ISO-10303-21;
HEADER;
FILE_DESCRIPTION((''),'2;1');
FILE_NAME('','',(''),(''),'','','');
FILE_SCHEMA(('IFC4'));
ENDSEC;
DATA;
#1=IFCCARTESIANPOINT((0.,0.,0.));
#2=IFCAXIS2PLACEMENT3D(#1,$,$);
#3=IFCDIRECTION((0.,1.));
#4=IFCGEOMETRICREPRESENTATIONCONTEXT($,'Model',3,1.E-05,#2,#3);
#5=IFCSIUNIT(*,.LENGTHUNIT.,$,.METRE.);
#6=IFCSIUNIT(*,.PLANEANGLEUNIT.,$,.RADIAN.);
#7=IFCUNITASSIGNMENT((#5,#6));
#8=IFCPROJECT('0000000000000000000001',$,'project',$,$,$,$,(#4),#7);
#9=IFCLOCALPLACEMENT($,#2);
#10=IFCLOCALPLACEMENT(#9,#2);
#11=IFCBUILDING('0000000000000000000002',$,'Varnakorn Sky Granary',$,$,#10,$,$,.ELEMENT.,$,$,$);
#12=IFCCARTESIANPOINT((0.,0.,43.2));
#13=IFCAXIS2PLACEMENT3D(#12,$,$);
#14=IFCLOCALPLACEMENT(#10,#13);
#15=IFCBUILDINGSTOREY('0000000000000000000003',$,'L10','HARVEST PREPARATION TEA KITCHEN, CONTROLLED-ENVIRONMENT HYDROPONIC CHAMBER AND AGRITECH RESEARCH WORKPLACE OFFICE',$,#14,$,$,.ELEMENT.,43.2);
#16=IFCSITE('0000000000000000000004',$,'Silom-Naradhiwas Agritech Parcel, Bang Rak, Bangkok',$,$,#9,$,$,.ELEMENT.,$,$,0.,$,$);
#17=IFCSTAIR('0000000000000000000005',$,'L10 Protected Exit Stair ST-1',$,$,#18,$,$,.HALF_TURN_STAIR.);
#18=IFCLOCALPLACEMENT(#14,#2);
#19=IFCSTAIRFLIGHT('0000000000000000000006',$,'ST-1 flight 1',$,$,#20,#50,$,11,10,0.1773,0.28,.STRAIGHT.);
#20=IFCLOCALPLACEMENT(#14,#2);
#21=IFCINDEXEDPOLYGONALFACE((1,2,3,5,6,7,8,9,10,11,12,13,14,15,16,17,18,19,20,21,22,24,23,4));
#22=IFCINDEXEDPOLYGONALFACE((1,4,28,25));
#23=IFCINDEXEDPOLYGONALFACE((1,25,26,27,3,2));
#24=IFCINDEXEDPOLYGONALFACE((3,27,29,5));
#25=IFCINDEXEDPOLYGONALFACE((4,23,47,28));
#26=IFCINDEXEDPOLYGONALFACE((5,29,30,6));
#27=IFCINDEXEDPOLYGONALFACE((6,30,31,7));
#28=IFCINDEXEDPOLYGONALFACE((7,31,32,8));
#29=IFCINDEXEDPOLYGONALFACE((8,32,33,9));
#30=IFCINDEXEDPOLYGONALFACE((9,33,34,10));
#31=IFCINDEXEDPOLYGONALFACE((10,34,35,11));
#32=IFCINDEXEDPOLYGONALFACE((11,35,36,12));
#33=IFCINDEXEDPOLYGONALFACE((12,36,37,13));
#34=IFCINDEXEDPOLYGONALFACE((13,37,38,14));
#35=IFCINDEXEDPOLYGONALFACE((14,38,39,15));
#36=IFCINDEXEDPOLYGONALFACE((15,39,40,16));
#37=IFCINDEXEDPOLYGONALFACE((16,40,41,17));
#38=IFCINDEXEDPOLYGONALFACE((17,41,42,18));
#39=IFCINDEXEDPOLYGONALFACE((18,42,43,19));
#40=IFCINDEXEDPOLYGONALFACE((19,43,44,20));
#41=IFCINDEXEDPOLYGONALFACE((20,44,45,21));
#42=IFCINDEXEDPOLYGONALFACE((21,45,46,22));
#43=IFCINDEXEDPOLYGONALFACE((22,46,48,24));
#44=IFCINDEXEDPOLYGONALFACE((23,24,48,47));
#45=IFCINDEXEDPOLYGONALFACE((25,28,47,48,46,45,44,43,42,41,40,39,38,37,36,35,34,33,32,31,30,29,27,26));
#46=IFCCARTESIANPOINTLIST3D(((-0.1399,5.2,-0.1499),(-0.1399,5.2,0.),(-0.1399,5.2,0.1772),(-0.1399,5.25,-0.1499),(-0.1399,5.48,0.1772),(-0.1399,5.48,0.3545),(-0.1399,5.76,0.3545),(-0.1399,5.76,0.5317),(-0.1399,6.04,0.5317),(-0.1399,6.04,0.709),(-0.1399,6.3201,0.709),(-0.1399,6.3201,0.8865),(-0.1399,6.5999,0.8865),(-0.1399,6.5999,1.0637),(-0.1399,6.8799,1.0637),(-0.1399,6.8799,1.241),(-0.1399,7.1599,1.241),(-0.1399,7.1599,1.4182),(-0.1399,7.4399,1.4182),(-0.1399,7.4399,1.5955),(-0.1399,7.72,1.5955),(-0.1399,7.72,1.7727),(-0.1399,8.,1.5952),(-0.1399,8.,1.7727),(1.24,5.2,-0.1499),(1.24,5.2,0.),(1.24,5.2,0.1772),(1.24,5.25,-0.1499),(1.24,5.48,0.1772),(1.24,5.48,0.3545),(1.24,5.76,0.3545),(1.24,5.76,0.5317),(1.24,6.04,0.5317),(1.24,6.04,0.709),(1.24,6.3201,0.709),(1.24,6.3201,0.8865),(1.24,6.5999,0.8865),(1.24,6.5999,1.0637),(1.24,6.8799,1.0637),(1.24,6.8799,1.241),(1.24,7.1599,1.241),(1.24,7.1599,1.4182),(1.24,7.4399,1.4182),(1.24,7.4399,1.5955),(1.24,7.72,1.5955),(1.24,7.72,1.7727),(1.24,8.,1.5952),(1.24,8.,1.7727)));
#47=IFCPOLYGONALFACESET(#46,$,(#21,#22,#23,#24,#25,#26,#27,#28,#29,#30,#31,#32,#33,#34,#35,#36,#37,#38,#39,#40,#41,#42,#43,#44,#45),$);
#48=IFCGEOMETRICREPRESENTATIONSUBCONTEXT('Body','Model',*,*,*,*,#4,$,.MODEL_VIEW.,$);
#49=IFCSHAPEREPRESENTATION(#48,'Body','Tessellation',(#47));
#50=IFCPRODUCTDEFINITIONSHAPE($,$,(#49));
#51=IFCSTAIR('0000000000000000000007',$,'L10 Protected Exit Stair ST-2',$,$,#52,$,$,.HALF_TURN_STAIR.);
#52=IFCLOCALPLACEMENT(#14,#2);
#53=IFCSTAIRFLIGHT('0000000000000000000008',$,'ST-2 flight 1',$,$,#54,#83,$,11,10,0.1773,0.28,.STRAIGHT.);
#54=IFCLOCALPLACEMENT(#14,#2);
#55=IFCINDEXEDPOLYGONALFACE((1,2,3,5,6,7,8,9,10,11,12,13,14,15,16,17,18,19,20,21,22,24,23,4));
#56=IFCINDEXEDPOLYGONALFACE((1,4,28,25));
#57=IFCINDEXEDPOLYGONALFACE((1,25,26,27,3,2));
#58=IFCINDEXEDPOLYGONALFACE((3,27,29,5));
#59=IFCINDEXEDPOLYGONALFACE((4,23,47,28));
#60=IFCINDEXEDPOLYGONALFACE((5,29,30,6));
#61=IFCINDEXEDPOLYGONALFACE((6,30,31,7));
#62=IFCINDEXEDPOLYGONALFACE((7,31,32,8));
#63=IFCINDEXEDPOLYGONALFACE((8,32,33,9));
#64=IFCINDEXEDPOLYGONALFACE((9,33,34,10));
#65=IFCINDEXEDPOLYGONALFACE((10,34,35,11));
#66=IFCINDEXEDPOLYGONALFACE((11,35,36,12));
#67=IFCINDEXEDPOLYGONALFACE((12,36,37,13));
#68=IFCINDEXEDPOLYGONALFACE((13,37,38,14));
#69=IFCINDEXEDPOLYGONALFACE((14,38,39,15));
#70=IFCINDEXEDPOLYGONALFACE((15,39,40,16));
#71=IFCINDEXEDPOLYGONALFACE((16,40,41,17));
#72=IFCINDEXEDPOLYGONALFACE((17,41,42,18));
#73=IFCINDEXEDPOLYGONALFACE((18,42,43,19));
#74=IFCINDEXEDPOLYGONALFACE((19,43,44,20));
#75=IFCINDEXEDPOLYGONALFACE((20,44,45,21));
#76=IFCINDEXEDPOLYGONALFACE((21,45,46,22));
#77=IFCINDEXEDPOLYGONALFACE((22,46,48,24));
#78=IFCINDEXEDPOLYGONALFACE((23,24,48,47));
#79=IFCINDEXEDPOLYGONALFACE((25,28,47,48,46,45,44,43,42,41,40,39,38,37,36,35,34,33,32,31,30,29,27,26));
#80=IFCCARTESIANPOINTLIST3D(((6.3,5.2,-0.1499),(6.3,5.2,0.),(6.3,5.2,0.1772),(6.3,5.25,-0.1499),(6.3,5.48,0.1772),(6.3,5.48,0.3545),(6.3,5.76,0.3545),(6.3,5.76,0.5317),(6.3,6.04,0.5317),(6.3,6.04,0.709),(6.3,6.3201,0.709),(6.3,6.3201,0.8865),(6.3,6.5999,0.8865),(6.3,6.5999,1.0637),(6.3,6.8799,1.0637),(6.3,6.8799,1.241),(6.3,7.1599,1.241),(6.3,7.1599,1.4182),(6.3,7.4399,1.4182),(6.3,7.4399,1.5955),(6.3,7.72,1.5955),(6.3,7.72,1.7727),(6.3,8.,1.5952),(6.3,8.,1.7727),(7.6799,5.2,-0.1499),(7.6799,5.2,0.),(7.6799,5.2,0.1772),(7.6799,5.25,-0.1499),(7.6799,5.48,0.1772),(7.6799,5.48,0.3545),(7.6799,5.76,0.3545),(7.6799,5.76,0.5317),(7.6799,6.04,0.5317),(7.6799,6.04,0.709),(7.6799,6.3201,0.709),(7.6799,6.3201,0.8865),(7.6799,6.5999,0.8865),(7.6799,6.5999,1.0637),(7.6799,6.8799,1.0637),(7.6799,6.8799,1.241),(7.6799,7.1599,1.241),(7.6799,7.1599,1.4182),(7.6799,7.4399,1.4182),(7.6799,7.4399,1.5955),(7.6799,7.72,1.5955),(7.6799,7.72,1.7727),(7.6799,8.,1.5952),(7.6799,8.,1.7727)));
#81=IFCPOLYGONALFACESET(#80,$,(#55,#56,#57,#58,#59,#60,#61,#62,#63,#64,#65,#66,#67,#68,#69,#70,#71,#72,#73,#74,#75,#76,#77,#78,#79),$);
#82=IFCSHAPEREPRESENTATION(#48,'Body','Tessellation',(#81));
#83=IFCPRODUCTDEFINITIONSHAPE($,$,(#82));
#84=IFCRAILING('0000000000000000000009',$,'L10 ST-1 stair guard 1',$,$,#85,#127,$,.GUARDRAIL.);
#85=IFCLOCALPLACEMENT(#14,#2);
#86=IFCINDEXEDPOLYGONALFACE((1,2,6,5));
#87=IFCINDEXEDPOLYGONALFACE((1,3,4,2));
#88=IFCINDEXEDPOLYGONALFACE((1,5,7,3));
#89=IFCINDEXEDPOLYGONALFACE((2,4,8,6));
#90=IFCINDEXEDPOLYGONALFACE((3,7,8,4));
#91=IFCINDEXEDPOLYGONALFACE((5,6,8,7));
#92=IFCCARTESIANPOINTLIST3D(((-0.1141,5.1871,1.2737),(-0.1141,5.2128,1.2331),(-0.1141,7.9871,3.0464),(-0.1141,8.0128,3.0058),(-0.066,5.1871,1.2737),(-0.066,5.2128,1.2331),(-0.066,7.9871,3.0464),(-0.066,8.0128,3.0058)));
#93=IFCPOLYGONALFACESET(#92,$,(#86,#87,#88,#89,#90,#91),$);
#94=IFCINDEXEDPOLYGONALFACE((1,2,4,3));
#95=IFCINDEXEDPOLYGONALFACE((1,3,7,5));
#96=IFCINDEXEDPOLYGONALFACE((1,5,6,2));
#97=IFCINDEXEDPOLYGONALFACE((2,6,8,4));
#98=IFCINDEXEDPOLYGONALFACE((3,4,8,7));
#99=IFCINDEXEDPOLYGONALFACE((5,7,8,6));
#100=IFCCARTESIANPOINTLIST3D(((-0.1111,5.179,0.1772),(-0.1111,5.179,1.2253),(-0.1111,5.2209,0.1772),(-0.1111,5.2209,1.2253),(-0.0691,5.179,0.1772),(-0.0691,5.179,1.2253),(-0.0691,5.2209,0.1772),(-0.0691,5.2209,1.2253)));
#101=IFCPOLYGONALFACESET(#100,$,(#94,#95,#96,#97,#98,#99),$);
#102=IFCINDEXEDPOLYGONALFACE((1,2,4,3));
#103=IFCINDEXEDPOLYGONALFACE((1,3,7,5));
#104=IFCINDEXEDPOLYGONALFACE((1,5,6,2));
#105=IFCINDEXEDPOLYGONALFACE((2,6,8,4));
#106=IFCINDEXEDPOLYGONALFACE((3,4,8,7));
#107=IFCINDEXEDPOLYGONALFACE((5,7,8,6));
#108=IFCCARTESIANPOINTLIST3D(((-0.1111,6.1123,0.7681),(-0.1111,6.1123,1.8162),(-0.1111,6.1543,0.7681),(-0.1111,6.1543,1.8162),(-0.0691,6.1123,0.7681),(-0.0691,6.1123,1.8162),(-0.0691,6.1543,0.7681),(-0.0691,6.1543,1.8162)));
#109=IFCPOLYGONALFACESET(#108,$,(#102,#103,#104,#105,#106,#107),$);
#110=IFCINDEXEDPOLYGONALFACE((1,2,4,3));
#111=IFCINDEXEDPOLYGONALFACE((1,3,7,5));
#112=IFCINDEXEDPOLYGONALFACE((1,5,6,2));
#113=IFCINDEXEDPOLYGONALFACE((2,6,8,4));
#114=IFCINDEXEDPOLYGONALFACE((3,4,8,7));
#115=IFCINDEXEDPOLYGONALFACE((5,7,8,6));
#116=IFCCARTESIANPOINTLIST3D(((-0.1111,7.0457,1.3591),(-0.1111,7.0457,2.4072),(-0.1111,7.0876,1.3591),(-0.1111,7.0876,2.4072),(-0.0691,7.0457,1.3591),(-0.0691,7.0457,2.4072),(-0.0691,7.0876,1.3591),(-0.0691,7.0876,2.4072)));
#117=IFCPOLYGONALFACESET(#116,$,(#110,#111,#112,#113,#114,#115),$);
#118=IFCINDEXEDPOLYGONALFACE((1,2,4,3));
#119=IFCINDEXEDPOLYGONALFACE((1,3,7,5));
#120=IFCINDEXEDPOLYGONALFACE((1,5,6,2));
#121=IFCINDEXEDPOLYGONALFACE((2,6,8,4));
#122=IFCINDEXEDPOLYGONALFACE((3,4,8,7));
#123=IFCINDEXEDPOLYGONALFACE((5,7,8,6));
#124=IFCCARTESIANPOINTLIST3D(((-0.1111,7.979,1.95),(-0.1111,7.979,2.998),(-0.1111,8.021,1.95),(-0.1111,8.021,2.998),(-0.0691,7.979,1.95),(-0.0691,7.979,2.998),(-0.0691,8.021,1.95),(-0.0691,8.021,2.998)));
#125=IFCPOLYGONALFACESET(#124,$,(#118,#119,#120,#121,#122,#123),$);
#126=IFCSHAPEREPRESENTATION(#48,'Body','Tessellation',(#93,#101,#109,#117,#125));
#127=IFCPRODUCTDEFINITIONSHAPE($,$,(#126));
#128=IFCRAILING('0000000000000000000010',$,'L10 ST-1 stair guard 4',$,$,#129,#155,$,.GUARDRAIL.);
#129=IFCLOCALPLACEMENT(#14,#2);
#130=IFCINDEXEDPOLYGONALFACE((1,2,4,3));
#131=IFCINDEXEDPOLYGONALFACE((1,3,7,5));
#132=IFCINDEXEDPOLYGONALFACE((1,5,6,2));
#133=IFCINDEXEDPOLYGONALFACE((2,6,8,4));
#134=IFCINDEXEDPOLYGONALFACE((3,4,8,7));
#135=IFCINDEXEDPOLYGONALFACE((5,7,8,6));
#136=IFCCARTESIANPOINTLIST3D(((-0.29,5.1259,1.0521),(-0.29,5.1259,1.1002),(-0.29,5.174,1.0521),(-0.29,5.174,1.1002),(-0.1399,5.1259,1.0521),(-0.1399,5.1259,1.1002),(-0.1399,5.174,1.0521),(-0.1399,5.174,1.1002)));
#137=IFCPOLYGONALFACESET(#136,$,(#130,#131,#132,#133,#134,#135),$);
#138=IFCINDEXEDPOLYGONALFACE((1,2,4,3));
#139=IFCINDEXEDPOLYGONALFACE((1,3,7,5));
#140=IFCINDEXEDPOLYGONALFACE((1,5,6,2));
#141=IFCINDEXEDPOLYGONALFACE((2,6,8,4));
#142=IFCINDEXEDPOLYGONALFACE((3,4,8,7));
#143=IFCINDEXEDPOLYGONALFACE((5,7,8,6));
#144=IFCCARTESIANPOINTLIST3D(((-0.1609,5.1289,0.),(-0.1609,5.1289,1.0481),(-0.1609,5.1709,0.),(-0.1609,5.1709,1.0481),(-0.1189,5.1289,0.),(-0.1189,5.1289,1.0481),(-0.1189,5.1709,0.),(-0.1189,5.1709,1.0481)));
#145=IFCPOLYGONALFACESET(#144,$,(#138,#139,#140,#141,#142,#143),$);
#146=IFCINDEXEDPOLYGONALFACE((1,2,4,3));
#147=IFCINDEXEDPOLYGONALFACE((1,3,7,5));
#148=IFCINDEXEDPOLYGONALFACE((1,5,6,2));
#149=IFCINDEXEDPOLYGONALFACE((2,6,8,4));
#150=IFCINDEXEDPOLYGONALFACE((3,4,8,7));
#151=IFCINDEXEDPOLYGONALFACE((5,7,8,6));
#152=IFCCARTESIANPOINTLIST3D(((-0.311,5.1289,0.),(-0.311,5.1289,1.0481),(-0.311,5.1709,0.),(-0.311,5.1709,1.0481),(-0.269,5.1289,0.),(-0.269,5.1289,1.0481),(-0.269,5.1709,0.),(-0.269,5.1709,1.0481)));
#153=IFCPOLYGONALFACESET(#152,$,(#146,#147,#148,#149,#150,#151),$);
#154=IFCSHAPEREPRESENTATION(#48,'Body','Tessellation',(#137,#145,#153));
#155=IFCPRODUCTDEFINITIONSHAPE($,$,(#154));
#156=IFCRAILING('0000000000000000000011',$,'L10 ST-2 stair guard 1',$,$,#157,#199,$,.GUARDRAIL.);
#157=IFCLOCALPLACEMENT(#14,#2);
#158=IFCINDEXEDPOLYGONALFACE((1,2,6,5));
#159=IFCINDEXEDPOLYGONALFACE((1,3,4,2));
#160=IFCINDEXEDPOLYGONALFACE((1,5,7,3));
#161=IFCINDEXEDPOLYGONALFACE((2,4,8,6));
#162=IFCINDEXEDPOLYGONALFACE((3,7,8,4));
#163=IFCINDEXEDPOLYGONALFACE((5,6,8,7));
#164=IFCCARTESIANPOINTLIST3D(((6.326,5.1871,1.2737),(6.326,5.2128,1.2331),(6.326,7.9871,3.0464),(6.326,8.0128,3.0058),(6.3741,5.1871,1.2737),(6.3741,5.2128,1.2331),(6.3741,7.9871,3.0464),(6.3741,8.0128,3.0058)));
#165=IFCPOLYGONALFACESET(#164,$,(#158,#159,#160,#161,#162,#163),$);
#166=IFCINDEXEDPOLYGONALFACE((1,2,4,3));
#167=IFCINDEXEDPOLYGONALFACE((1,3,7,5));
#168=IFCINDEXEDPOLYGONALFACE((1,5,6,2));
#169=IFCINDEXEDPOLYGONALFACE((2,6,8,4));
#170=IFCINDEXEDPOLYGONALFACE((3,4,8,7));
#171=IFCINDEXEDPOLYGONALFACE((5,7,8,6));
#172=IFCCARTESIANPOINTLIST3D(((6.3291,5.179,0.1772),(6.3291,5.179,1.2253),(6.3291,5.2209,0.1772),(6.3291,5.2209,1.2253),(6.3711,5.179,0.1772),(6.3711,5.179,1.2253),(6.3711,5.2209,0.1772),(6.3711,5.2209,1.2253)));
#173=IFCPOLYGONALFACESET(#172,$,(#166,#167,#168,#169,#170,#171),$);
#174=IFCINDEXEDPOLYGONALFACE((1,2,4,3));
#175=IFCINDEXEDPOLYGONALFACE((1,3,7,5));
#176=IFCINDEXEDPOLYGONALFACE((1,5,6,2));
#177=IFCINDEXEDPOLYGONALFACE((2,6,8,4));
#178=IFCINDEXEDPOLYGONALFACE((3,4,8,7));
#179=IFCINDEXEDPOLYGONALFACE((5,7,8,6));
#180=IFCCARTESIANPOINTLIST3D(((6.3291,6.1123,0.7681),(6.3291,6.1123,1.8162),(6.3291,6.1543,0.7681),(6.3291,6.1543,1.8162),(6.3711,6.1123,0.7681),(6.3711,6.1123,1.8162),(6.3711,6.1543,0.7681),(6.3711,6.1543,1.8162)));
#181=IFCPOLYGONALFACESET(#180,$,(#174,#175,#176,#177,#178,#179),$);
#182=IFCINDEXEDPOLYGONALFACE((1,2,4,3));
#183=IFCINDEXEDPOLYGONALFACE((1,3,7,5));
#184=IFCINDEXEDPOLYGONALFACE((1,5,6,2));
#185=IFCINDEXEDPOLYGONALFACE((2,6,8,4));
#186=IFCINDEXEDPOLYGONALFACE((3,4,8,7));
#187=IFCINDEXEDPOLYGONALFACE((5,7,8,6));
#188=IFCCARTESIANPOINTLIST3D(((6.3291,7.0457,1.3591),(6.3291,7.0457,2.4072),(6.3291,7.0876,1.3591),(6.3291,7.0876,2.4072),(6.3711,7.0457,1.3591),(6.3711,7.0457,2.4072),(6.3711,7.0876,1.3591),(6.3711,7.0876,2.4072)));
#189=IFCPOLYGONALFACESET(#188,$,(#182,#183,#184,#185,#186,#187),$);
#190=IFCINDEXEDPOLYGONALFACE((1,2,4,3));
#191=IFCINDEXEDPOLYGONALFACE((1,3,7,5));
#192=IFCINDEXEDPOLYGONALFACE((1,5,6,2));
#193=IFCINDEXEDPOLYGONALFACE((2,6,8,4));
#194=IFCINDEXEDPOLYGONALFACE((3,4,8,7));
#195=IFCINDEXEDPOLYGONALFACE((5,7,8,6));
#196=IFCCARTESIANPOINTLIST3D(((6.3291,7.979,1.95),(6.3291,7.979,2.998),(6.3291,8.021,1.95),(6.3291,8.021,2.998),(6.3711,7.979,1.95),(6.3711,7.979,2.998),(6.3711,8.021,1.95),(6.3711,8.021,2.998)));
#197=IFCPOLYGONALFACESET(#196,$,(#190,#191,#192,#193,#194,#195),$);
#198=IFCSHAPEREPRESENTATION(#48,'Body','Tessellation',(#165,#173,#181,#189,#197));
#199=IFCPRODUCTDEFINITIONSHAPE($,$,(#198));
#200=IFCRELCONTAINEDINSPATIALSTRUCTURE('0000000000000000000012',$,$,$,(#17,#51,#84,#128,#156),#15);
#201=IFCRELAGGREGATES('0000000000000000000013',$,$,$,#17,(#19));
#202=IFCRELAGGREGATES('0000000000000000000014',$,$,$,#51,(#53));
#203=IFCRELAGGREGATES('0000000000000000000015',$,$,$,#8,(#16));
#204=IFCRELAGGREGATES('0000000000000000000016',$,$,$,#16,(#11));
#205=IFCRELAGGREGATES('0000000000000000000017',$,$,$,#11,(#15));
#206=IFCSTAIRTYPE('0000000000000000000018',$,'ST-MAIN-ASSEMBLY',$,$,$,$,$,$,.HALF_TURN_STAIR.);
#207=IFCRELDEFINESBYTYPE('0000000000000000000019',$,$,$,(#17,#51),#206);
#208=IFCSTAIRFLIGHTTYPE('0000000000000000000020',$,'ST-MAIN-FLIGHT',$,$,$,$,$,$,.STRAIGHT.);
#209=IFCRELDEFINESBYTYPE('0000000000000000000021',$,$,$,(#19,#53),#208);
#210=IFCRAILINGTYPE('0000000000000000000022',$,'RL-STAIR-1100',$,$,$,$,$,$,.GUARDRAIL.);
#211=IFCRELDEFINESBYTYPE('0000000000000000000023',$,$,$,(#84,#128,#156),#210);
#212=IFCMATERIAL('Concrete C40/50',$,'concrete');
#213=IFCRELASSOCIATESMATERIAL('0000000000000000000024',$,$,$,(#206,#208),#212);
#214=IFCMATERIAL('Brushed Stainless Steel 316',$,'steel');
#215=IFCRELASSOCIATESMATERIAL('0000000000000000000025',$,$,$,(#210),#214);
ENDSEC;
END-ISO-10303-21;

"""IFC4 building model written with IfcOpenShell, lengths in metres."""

from ifc_helpers import new_model, si_unit, direction, frame, origin, origin_2d, place, context, subcontext, project, spatial, polyline, rectangle, outline, extrude, material, type_object, element, aggregate, save


model = new_model("IFC4")

# Units and contexts
model_context = context("Model", 3, precision=1e-05, world=origin(), true_north=direction((0.0, 1.0)))
body_context = subcontext(model_context, "Body", "Model", "MODEL_VIEW")
ifc_project = project(units=[si_unit("LENGTHUNIT", "METRE"), si_unit("PLANEANGLEUNIT", "RADIAN")], contexts=[model_context])

# Site, building, storey
site_placement = place(None, origin())
site = spatial("IfcSite", under=ifc_project, at=site_placement, Name="Silom-Naradhiwas Agritech Parcel, Bang Rak, Bangkok", CompositionType="ELEMENT", RefElevation=0.0)
building_placement = place(site_placement, origin())
building = spatial("IfcBuilding", under=site, at=building_placement, Name="Varnakorn Sky Granary", CompositionType="ELEMENT")
storey_placement = place(building_placement, frame((0.0, 0.0, 43.2)))
storey = spatial("IfcBuildingStorey", under=building, at=storey_placement, Name="L10", Description="HARVEST PREPARATION TEA KITCHEN, CONTROLLED-ENVIRONMENT HYDROPONIC CHAMBER AND AGRITECH RESEARCH WORKPLACE OFFICE", CompositionType="ELEMENT", Elevation=43.2)

# Stairs, stair flights
ifc_material_1 = material(Name="Concrete C40/50", Category="concrete")
stair_type = type_object("IfcStairType", Name="ST-MAIN-ASSEMBLY", PredefinedType="HALF_TURN_STAIR", material=ifc_material_1)
stair_1_placement = place(storey_placement, origin())
stair_1 = element("IfcStair", 1, at=stair_1_placement, inside=storey, type_object=stair_type, Name="L10 Protected Exit Stair ST-1", PredefinedType="HALF_TURN_STAIR")
stair_flight_type = type_object("IfcStairFlightType", Name="ST-MAIN-FLIGHT", PredefinedType="STRAIGHT", material=ifc_material_1)
stair_flight_1_placement = place(storey_placement, frame((0.55, 5.2, 0.0), z_axis=(0.0, 0.0, 1.0), x_axis=(0.0, 1.0, 0.0)))
stair_flight_1 = element("IfcStairFlight", 2, at=stair_flight_1_placement, type_object=stair_flight_type, Name="ST-1 flight 1", NumberOfRisers=11, NumberOfTreads=10, PredefinedType="STRAIGHT", RiserHeight=0.1773, TreadLength=0.28, context=body_context, shape_type="SweptSolid", body=[
    extrude(outline(polyline([(0.0, -0.1499), (0.0, 0.0), (0.0, 0.1772), (0.28, 0.1772), (0.28, 0.3545), (0.5601, 0.3545), (0.5601, 0.5317), (0.8401, 0.5317), (0.8401, 0.709), (1.1201, 0.709), (1.1201, 0.8865), (1.3999, 0.8865), (1.3999, 1.0637), (1.6799, 1.0637), (1.6799, 1.241), (1.96, 1.241), (1.96, 1.4182), (2.24, 1.4182), (2.24, 1.5955), (2.52, 1.5955), (2.52, 1.7727), (2.8, 1.7727), (2.8, 1.95), (2.8, 1.5952), (0.05, -0.1499), (0.0, -0.1499)])), frame((0.0, 0.6899, 0.0), z_axis=(0.0, -1.0, 0.0), x_axis=(1.0, 0.0, 0.0)), (0.0, 0.0, 1.0), 1.3799),
])
aggregate(stair_1, [stair_flight_1])
stair_2_placement = place(storey_placement, origin())
stair_2 = element("IfcStair", 3, at=stair_2_placement, inside=storey, type_object=stair_type, Name="L10 Protected Exit Stair ST-2", PredefinedType="HALF_TURN_STAIR")
stair_flight_2_placement = place(storey_placement, frame((6.99, 5.2, 0.0), z_axis=(0.0, 0.0, 1.0), x_axis=(0.0, 1.0, 0.0)))
stair_flight_2 = element("IfcStairFlight", 4, at=stair_flight_2_placement, type_object=stair_flight_type, Name="ST-2 flight 1", NumberOfRisers=11, NumberOfTreads=10, PredefinedType="STRAIGHT", RiserHeight=0.1773, TreadLength=0.28, context=body_context, shape_type="SweptSolid", body=[
    extrude(outline(polyline([(0.0, -0.1499), (0.0, 0.0), (0.0, 0.1772), (0.28, 0.1772), (0.28, 0.3545), (0.5601, 0.3545), (0.5601, 0.5317), (0.8401, 0.5317), (0.8401, 0.709), (1.1201, 0.709), (1.1201, 0.8865), (1.3999, 0.8865), (1.3999, 1.0637), (1.6799, 1.0637), (1.6799, 1.241), (1.96, 1.241), (1.96, 1.4182), (2.24, 1.4182), (2.24, 1.5955), (2.52, 1.5955), (2.52, 1.7727), (2.8, 1.7727), (2.8, 1.95), (2.8, 1.5952), (0.05, -0.1499), (0.0, -0.1499)])), frame((0.0, 0.6899, 0.0), z_axis=(0.0, -1.0, 0.0), x_axis=(1.0, 0.0, 0.0)), (0.0, 0.0, 1.0), 1.3799),
])
aggregate(stair_2, [stair_flight_2])

# Railings
ifc_material_2 = material(Name="Brushed Stainless Steel 316", Category="steel")
railing_type_1 = type_object("IfcRailingType", Name="RL-STAIR-1100", PredefinedType="GUARDRAIL", material=ifc_material_2)
railing_1_placement = place(storey_placement, frame((-0.0901, 5.2, 0.1772)))
element("IfcRailing", 5, at=railing_1_placement, inside=storey, type_object=railing_type_1, Name="L10 ST-1 stair guard 1", PredefinedType="GUARDRAIL", context=body_context, shape_type="SweptSolid", body=[
    extrude(rectangle(XDim=0.0481, YDim=0.0481, at=origin_2d()), frame((0.0, 0.0, 1.0762), z_axis=(0.0, 0.844909, 0.53491), x_axis=(-1.0, 0.0, 0.0)), (0.0, 0.0, 1.0), 3.314),
    extrude(rectangle(XDim=0.042, YDim=0.042, at=origin_2d()), origin(), (0.0, 0.0, 1.0), 1.0481),
    extrude(rectangle(XDim=0.042, YDim=0.042, at=origin_2d()), frame((0.0, 0.9333, 0.5908)), (0.0, 0.0, 1.0), 1.0481),
    extrude(rectangle(XDim=0.042, YDim=0.042, at=origin_2d()), frame((0.0, 1.8667, 1.1819)), (0.0, 0.0, 1.0), 1.0481),
    extrude(rectangle(XDim=0.042, YDim=0.042, at=origin_2d()), frame((0.0, 2.8, 1.7727)), (0.0, 0.0, 1.0), 1.0481),
])
railing_2_placement = place(storey_placement, frame((-0.1399, 5.1499, 0.0)))
element("IfcRailing", 6, at=railing_2_placement, inside=storey, type_object=railing_type_1, Name="L10 ST-1 stair guard 4", PredefinedType="GUARDRAIL", context=body_context, shape_type="SweptSolid", body=[
    extrude(rectangle(XDim=0.0481, YDim=0.0481, at=origin_2d()), frame((0.0, 0.0, 1.0762), z_axis=(-1.0, 0.0, 0.0), x_axis=(0.0, -1.0, 0.0)), (0.0, 0.0, 1.0), 0.1501),
    extrude(rectangle(XDim=0.042, YDim=0.042, at=origin_2d()), origin(), (0.0, 0.0, 1.0), 1.0481),
    extrude(rectangle(XDim=0.042, YDim=0.042, at=origin_2d()), frame((-0.1501, 0.0, 0.0)), (0.0, 0.0, 1.0), 1.0481),
])
railing_3_placement = place(storey_placement, frame((6.3501, 5.2, 0.1772)))
element("IfcRailing", 7, at=railing_3_placement, inside=storey, type_object=railing_type_1, Name="L10 ST-2 stair guard 1", PredefinedType="GUARDRAIL", context=body_context, shape_type="SweptSolid", body=[
    extrude(rectangle(XDim=0.0481, YDim=0.0481, at=origin_2d()), frame((0.0, 0.0, 1.0762), z_axis=(0.0, 0.844909, 0.53491), x_axis=(-1.0, 0.0, 0.0)), (0.0, 0.0, 1.0), 3.314),
    extrude(rectangle(XDim=0.042, YDim=0.042, at=origin_2d()), origin(), (0.0, 0.0, 1.0), 1.0481),
    extrude(rectangle(XDim=0.042, YDim=0.042, at=origin_2d()), frame((0.0, 0.9333, 0.5908)), (0.0, 0.0, 1.0), 1.0481),
    extrude(rectangle(XDim=0.042, YDim=0.042, at=origin_2d()), frame((0.0, 1.8667, 1.1819)), (0.0, 0.0, 1.0), 1.0481),
    extrude(rectangle(XDim=0.042, YDim=0.042, at=origin_2d()), frame((0.0, 2.8, 1.7727)), (0.0, 0.0, 1.0), 1.0481),
])

save(model, "model.ifc")
